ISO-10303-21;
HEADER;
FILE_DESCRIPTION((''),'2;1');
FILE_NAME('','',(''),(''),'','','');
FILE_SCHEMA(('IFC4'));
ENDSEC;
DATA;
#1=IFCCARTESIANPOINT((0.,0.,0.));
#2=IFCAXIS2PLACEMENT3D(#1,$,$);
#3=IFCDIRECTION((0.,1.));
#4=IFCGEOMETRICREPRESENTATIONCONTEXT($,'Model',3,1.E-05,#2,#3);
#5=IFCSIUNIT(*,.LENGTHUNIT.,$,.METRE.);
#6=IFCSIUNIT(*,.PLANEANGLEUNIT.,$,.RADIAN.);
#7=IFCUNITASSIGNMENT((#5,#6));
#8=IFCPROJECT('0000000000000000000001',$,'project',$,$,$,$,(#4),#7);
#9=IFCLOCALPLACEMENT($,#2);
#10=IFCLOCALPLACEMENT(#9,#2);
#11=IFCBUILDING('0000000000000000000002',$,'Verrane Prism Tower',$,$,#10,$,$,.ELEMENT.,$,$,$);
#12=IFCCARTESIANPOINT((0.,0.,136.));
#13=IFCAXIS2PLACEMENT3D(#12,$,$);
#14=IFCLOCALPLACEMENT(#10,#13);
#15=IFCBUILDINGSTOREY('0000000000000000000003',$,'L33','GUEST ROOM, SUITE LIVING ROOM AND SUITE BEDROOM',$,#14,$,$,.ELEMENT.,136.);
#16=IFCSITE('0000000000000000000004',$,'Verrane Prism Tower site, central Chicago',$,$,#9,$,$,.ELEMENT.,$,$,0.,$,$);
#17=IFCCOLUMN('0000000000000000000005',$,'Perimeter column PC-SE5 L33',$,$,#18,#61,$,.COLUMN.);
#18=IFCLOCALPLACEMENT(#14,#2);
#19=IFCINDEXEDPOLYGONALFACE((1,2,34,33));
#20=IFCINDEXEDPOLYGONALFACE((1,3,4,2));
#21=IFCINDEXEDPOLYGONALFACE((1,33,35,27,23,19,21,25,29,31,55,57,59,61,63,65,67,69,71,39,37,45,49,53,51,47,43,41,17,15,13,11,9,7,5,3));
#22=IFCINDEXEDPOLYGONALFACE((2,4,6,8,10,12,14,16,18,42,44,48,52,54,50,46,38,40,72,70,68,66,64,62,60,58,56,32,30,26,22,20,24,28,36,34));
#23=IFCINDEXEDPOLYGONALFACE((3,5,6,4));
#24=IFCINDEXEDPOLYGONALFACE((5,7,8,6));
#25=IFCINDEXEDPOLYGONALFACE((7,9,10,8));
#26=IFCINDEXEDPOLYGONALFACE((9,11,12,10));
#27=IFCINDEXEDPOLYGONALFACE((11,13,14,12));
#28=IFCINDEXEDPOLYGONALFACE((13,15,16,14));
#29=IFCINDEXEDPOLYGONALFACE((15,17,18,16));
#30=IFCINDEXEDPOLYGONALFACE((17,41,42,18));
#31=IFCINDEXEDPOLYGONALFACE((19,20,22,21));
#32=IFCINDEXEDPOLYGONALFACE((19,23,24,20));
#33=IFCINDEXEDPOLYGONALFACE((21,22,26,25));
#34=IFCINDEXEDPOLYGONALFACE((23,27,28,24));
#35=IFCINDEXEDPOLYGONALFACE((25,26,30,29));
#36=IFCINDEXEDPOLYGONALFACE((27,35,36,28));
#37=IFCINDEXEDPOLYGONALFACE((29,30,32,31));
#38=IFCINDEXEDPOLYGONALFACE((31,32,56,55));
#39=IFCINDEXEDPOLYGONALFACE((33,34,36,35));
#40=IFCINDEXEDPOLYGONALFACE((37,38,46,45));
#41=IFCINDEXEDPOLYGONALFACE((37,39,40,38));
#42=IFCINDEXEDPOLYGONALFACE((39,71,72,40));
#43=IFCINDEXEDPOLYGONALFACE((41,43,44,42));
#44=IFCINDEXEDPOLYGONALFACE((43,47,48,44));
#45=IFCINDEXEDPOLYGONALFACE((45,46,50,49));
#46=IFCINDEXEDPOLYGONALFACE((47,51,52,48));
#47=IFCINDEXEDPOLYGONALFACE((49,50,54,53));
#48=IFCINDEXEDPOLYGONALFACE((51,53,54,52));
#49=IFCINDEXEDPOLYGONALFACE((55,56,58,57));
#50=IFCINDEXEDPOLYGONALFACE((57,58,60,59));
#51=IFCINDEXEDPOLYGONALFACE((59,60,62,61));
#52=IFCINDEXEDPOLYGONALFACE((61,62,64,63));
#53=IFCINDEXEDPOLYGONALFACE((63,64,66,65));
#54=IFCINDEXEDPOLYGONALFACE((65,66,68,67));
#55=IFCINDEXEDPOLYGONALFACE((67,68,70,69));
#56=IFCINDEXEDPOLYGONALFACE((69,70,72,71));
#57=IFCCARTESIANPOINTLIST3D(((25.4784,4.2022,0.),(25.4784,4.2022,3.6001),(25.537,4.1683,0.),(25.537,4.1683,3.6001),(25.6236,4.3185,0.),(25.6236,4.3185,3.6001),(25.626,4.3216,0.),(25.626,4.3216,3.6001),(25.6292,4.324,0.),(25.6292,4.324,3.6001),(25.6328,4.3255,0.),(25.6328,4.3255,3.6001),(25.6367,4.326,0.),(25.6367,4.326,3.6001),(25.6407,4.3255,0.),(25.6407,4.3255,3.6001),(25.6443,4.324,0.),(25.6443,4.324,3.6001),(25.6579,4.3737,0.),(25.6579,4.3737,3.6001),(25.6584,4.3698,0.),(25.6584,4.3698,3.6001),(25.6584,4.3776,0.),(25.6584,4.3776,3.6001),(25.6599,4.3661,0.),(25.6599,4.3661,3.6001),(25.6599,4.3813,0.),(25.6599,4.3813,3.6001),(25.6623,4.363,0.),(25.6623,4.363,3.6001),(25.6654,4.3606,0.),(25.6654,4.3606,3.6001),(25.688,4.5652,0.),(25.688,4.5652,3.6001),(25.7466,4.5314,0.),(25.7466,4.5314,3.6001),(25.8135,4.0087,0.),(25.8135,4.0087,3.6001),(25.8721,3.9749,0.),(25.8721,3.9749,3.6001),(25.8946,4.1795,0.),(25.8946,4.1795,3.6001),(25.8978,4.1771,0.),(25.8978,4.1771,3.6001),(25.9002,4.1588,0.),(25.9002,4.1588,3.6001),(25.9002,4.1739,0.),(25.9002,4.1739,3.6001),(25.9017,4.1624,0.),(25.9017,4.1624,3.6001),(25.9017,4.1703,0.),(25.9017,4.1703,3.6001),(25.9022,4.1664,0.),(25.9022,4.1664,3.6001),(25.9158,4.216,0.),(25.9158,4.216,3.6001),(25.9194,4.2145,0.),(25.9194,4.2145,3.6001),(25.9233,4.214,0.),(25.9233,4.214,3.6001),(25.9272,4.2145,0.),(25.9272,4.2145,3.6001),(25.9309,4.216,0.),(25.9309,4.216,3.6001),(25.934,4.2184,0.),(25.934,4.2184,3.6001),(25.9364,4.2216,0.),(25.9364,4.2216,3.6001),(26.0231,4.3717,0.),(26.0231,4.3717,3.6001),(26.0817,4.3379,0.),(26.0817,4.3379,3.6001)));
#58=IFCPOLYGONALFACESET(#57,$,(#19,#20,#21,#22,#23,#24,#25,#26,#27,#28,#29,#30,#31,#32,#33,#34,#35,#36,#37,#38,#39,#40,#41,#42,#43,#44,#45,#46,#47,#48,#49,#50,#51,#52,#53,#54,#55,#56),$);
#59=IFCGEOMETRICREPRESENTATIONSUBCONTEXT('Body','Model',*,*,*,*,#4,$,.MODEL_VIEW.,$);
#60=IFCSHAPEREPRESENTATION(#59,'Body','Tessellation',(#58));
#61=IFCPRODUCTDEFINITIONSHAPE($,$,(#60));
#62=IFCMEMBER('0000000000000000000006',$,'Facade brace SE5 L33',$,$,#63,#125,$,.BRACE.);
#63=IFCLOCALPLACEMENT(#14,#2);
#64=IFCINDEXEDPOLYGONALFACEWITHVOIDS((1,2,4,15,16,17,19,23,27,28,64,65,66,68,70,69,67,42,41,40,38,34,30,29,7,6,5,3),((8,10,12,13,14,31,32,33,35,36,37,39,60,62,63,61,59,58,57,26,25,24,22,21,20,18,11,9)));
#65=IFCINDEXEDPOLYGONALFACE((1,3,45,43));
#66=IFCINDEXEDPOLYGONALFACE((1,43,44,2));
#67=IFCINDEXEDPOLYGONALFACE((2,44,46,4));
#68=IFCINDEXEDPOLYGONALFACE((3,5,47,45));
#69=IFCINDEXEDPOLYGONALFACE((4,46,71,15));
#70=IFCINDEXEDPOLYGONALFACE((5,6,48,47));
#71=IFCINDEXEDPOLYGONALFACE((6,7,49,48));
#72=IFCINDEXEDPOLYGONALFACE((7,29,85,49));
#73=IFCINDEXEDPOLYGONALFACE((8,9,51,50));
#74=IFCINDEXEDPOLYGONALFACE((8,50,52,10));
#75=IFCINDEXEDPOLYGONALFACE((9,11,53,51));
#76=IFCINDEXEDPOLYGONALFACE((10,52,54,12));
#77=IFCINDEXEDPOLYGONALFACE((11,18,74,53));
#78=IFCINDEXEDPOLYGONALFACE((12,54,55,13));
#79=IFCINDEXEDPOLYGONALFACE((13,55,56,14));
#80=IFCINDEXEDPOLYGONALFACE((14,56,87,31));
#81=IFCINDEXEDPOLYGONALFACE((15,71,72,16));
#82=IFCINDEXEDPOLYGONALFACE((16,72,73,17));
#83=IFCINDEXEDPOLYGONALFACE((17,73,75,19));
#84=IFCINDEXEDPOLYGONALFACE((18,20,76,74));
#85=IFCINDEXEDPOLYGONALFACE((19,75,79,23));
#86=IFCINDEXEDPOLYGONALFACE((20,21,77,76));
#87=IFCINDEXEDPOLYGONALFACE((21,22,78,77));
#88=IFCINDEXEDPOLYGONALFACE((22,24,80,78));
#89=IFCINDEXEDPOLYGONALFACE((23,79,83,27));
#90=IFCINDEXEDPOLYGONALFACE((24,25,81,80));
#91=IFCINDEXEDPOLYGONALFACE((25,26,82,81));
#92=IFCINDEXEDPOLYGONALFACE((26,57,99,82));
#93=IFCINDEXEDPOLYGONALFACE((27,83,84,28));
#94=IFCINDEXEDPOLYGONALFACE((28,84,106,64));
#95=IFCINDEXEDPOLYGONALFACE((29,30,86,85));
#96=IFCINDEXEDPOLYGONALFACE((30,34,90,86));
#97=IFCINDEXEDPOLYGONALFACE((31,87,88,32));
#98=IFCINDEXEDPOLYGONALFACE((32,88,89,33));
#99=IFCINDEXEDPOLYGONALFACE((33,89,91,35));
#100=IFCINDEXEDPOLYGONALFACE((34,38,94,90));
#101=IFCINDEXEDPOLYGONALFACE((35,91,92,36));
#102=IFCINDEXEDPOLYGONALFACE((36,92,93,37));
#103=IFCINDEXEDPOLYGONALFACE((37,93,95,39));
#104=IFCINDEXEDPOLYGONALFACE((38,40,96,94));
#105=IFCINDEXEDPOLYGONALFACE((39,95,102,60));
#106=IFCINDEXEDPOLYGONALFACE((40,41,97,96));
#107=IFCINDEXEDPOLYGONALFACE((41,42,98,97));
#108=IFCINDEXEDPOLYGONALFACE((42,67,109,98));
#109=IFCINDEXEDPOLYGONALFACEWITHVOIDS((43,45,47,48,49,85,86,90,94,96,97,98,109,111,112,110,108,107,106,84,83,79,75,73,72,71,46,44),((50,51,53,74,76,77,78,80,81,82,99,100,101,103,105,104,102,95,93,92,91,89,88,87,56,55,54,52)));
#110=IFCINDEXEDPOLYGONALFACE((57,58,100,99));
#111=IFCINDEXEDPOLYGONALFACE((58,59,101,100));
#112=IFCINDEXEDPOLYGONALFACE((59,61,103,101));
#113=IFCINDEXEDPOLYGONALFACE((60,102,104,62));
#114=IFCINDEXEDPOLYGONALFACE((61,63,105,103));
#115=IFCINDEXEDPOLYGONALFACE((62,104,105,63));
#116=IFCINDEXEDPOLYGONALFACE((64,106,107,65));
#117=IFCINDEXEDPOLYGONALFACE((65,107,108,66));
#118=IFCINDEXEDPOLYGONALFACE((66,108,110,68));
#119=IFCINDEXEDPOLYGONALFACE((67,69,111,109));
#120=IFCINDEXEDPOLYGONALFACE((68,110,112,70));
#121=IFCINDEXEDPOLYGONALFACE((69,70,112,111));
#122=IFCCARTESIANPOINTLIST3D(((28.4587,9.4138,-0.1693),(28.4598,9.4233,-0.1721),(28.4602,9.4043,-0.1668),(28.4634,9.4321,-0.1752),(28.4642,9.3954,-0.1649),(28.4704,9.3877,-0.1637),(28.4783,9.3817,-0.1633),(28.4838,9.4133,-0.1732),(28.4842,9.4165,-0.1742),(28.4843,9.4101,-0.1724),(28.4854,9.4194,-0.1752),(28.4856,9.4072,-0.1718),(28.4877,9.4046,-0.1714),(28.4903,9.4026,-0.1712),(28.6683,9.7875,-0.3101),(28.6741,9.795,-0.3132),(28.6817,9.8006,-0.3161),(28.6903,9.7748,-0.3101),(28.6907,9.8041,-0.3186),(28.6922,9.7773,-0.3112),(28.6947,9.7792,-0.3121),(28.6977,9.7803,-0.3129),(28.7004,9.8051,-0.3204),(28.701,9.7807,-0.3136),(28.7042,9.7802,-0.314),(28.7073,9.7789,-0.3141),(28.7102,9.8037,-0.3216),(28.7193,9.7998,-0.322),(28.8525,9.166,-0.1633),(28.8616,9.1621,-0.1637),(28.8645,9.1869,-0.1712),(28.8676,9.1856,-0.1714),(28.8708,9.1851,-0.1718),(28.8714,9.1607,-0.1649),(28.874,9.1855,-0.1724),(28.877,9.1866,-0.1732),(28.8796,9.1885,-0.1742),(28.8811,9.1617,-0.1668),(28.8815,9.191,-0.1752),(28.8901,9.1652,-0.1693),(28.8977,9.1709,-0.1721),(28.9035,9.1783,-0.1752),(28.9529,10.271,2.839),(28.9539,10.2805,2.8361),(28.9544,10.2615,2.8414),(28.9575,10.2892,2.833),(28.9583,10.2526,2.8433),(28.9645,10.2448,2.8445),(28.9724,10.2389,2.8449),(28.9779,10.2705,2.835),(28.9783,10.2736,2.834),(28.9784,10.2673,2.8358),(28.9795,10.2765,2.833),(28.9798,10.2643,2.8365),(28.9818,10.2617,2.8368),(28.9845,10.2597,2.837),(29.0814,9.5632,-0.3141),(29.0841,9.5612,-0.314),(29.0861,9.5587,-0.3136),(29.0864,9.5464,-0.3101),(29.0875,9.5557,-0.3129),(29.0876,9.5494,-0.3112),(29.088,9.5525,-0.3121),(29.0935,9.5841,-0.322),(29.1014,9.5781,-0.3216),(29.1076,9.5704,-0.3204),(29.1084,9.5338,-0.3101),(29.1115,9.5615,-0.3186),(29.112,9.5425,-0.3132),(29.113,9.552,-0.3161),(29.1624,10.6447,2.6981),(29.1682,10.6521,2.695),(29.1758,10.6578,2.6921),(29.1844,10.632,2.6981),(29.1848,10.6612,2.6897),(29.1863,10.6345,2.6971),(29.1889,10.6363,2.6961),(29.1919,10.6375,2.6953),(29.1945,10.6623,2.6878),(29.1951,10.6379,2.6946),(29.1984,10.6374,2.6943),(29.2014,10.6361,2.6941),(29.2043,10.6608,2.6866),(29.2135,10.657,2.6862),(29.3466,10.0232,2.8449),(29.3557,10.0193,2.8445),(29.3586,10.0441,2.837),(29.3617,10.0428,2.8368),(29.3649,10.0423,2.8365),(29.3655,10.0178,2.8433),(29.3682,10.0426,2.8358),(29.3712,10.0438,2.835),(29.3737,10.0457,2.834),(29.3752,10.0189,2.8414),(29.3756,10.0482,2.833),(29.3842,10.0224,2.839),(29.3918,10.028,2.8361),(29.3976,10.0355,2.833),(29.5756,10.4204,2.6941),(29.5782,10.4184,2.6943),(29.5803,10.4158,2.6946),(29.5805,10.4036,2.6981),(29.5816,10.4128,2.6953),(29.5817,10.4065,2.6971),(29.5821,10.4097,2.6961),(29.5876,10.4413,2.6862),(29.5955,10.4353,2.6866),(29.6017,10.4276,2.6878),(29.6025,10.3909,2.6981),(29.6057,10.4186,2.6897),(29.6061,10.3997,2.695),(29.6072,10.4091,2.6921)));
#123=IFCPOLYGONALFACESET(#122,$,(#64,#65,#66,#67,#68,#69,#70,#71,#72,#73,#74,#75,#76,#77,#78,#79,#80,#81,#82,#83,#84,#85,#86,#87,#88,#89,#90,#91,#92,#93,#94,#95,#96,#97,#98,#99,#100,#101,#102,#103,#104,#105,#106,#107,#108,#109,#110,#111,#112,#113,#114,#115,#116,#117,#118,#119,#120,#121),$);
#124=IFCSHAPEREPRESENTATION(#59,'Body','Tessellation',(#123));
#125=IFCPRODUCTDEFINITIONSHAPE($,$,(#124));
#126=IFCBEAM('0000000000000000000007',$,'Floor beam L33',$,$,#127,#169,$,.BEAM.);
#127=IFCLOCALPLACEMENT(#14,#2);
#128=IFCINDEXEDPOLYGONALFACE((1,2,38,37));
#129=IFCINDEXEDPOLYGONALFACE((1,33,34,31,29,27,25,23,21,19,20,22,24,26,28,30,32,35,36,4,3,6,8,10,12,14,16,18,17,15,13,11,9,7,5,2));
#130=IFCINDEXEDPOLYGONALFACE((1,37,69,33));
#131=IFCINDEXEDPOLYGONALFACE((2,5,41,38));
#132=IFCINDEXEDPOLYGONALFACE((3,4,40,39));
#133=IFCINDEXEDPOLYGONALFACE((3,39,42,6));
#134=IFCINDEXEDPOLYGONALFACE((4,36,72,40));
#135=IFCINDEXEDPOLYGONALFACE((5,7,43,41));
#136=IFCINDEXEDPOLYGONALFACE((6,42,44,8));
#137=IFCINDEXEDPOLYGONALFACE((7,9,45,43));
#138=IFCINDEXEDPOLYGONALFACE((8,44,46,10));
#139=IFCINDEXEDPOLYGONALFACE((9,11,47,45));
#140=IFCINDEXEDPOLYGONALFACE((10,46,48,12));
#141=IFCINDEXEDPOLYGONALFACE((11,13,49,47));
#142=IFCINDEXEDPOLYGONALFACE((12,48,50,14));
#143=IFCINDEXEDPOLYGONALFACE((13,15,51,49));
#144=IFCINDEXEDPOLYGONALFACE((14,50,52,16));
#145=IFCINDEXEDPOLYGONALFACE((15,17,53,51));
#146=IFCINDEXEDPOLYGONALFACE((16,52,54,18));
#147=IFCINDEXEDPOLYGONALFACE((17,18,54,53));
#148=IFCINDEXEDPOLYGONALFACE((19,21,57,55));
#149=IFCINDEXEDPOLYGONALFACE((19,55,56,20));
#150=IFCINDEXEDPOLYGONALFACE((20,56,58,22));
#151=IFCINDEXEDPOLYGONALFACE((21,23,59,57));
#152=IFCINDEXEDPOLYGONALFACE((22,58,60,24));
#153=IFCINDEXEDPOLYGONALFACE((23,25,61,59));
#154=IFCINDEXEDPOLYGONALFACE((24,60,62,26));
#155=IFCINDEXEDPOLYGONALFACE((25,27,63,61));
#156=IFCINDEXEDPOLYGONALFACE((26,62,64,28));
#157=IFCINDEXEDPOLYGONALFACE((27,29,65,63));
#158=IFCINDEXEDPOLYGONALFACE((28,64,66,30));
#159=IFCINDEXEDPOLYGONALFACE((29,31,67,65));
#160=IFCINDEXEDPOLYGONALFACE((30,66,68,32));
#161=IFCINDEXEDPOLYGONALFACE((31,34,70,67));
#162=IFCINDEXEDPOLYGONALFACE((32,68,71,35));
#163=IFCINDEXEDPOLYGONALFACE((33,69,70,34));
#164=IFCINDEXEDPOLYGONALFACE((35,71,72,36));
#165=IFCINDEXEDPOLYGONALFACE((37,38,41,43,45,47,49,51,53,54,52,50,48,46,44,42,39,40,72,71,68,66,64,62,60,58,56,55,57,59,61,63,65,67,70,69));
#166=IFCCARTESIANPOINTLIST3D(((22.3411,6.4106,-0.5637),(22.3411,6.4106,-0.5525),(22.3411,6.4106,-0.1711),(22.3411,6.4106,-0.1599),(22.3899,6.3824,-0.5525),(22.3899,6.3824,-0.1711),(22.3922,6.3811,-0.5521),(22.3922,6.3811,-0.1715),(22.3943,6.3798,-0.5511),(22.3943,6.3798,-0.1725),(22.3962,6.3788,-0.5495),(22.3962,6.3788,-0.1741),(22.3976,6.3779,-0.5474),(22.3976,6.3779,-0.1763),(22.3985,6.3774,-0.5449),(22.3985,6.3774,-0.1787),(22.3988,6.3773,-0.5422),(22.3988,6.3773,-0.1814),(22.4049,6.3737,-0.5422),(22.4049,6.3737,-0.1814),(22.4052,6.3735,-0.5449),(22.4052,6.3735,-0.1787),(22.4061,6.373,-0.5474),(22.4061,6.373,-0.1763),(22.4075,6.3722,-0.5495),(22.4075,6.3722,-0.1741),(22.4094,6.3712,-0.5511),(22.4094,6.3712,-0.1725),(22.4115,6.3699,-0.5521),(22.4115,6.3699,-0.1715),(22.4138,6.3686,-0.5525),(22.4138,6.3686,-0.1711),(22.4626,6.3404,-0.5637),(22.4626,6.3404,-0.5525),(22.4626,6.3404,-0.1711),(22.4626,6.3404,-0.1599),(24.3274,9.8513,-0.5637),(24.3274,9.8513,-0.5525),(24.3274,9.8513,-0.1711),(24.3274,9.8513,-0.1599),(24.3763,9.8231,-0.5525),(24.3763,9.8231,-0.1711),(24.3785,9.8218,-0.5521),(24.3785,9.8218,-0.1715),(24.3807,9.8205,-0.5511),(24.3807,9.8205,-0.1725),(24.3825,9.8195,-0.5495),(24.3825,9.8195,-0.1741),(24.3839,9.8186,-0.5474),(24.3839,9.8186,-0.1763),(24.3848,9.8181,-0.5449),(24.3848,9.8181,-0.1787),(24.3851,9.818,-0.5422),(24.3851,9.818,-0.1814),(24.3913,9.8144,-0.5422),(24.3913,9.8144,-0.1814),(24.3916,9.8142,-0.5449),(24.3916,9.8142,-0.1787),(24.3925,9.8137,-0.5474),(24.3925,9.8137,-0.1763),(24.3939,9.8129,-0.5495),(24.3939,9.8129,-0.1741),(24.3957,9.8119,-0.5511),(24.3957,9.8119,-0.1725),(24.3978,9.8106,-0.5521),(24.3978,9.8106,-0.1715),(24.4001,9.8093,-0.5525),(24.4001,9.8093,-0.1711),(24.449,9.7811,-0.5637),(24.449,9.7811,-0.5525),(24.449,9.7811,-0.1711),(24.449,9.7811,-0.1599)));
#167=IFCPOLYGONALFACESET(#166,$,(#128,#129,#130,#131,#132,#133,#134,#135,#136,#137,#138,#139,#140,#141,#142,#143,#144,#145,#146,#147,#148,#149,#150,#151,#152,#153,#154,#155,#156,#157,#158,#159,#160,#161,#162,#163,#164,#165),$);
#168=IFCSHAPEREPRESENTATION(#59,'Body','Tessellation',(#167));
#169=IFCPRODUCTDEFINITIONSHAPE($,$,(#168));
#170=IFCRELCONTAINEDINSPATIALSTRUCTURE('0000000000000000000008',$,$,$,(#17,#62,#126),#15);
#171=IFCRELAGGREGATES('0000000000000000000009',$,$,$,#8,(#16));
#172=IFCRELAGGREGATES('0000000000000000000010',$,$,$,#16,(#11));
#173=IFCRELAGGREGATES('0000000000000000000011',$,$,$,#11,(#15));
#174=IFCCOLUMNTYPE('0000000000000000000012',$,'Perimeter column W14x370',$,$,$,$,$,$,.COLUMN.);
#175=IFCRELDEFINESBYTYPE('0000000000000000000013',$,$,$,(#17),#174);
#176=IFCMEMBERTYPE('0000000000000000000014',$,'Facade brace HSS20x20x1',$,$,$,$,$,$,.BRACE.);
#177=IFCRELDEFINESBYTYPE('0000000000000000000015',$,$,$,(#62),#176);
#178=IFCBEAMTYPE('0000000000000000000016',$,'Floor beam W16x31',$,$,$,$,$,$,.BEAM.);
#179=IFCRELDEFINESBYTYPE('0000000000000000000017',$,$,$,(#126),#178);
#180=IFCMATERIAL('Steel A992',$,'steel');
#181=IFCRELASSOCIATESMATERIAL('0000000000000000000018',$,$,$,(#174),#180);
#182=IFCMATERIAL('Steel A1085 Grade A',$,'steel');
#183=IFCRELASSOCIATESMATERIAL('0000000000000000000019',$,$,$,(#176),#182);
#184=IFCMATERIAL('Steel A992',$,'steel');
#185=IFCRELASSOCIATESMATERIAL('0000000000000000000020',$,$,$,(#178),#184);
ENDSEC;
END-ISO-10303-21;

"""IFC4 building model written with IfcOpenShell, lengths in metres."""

from ifc_helpers import new_model, si_unit, direction, frame, origin, origin_2d, place, context, subcontext, project, spatial, hollow_rectangle, i_section, extrude, material, material_profile, profile_set, type_object, element, save


model = new_model("IFC4")

# Units and contexts
model_context = context("Model", 3, precision=1e-05, world=origin(), true_north=direction((0.0, 1.0)))
body_context = subcontext(model_context, "Body", "Model", "MODEL_VIEW")
ifc_project = project(units=[si_unit("LENGTHUNIT", "METRE"), si_unit("PLANEANGLEUNIT", "RADIAN")], contexts=[model_context])

# Site, building, storey
site_placement = place(None, origin())
site = spatial("IfcSite", under=ifc_project, at=site_placement, Name="Verrane Prism Tower site, central Chicago", CompositionType="ELEMENT", RefElevation=0.0)
building_placement = place(site_placement, origin())
building = spatial("IfcBuilding", under=site, at=building_placement, Name="Verrane Prism Tower", CompositionType="ELEMENT")
storey_placement = place(building_placement, frame((0.0, 0.0, 136.0)))
storey = spatial("IfcBuildingStorey", under=building, at=storey_placement, Name="L33", Description="GUEST ROOM, SUITE LIVING ROOM AND SUITE BEDROOM", CompositionType="ELEMENT", Elevation=136.0)

# Column
ifc_material_1 = material(Name="Steel A992", Category="steel")
ifc_material_profile_1 = material_profile(ifc_material_1, i_section(OverallWidth=0.4192, OverallDepth=0.4546, WebThickness=0.0422, FlangeThickness=0.0676, FilletRadius=0.0151, at=origin_2d()), Name="W14x370")
ifc_profile_set_1 = profile_set([ifc_material_profile_1], Name="Steel A992")
column_type = type_object("IfcColumnType", Name="Perimeter column W14x370", PredefinedType="COLUMN", material=ifc_profile_set_1)
column_placement = place(storey_placement, frame((25.78, 4.27, 0.0), z_axis=(0.0, 0.0, 1.0), x_axis=(-0.5, -0.866025, 0.0)))
element("IfcColumn", 1, at=column_placement, inside=storey, type_object=column_type, Name="Perimeter column PC-SE5 L33", PredefinedType="COLUMN", context=body_context, shape_type="SweptSolid", body=[
    extrude(i_section(OverallWidth=0.4192, OverallDepth=0.4546, WebThickness=0.0422, FlangeThickness=0.0676, FilletRadius=0.0151, at=origin_2d()), origin(), (0.0, 0.0, 1.0), 3.6001),
])

# Member
ifc_material_2 = material(Name="Steel A1085 Grade A", Category="steel")
ifc_material_profile_2 = material_profile(ifc_material_2, hollow_rectangle(XDim=0.5081, YDim=0.5081, WallThickness=0.0254, InnerFilletRadius=0.0127, OuterFilletRadius=0.0381, at=origin_2d()), Name="HSS20x20x1")
ifc_profile_set_2 = profile_set([ifc_material_profile_2], Name="Steel A1085 Grade A")
member_type_1 = type_object("IfcMemberType", Name="Facade brace HSS20x20x1", PredefinedType="BRACE", material=ifc_profile_set_2)
member_1_placement = place(storey_placement, frame((28.7859, 9.4829, -0.2427), z_axis=(0.156036, 0.270674, 0.949941), x_axis=(-0.866354, 0.49943, 0.0)))
element("IfcMember", 2, at=member_1_placement, inside=storey, type_object=member_type_1, Name="Facade brace SE5 L33", PredefinedType="BRACE", context=body_context, shape_type="SweptSolid", body=[
    extrude(hollow_rectangle(XDim=0.5081, YDim=0.5081, WallThickness=0.0254, InnerFilletRadius=0.0127, OuterFilletRadius=0.0381, at=origin_2d()), origin(), (0.0, 0.0, 1.0), 3.1667),
])

# Beam
ifc_material_3 = material(Name="Steel A992", Category="steel")
ifc_material_profile_3 = material_profile(ifc_material_3, i_section(OverallWidth=0.1404, OverallDepth=0.4038, WebThickness=0.0071, FlangeThickness=0.0112, FilletRadius=0.0103, at=origin_2d()), Name="W16x31")
ifc_profile_set_3 = profile_set([ifc_material_profile_3], Name="Steel A992")
beam_type_1 = type_object("IfcBeamType", Name="Floor beam W16x31", PredefinedType="BEAM", material=ifc_profile_set_3)
beam_1_placement = place(storey_placement, frame((22.4019, 6.3755, -0.3618), z_axis=(0.499972, 0.866041, 0.0), x_axis=(-0.866041, 0.499972, 0.0)))
element("IfcBeam", 3, at=beam_1_placement, inside=storey, type_object=beam_type_1, Name="Floor beam L33", PredefinedType="BEAM", context=body_context, shape_type="SweptSolid", body=[
    extrude(i_section(OverallWidth=0.1404, OverallDepth=0.4038, WebThickness=0.0071, FlangeThickness=0.0112, FilletRadius=0.0103, at=origin_2d()), origin(), (0.0, 0.0, 1.0), 3.9729),
])

save(model, "model.ifc")
